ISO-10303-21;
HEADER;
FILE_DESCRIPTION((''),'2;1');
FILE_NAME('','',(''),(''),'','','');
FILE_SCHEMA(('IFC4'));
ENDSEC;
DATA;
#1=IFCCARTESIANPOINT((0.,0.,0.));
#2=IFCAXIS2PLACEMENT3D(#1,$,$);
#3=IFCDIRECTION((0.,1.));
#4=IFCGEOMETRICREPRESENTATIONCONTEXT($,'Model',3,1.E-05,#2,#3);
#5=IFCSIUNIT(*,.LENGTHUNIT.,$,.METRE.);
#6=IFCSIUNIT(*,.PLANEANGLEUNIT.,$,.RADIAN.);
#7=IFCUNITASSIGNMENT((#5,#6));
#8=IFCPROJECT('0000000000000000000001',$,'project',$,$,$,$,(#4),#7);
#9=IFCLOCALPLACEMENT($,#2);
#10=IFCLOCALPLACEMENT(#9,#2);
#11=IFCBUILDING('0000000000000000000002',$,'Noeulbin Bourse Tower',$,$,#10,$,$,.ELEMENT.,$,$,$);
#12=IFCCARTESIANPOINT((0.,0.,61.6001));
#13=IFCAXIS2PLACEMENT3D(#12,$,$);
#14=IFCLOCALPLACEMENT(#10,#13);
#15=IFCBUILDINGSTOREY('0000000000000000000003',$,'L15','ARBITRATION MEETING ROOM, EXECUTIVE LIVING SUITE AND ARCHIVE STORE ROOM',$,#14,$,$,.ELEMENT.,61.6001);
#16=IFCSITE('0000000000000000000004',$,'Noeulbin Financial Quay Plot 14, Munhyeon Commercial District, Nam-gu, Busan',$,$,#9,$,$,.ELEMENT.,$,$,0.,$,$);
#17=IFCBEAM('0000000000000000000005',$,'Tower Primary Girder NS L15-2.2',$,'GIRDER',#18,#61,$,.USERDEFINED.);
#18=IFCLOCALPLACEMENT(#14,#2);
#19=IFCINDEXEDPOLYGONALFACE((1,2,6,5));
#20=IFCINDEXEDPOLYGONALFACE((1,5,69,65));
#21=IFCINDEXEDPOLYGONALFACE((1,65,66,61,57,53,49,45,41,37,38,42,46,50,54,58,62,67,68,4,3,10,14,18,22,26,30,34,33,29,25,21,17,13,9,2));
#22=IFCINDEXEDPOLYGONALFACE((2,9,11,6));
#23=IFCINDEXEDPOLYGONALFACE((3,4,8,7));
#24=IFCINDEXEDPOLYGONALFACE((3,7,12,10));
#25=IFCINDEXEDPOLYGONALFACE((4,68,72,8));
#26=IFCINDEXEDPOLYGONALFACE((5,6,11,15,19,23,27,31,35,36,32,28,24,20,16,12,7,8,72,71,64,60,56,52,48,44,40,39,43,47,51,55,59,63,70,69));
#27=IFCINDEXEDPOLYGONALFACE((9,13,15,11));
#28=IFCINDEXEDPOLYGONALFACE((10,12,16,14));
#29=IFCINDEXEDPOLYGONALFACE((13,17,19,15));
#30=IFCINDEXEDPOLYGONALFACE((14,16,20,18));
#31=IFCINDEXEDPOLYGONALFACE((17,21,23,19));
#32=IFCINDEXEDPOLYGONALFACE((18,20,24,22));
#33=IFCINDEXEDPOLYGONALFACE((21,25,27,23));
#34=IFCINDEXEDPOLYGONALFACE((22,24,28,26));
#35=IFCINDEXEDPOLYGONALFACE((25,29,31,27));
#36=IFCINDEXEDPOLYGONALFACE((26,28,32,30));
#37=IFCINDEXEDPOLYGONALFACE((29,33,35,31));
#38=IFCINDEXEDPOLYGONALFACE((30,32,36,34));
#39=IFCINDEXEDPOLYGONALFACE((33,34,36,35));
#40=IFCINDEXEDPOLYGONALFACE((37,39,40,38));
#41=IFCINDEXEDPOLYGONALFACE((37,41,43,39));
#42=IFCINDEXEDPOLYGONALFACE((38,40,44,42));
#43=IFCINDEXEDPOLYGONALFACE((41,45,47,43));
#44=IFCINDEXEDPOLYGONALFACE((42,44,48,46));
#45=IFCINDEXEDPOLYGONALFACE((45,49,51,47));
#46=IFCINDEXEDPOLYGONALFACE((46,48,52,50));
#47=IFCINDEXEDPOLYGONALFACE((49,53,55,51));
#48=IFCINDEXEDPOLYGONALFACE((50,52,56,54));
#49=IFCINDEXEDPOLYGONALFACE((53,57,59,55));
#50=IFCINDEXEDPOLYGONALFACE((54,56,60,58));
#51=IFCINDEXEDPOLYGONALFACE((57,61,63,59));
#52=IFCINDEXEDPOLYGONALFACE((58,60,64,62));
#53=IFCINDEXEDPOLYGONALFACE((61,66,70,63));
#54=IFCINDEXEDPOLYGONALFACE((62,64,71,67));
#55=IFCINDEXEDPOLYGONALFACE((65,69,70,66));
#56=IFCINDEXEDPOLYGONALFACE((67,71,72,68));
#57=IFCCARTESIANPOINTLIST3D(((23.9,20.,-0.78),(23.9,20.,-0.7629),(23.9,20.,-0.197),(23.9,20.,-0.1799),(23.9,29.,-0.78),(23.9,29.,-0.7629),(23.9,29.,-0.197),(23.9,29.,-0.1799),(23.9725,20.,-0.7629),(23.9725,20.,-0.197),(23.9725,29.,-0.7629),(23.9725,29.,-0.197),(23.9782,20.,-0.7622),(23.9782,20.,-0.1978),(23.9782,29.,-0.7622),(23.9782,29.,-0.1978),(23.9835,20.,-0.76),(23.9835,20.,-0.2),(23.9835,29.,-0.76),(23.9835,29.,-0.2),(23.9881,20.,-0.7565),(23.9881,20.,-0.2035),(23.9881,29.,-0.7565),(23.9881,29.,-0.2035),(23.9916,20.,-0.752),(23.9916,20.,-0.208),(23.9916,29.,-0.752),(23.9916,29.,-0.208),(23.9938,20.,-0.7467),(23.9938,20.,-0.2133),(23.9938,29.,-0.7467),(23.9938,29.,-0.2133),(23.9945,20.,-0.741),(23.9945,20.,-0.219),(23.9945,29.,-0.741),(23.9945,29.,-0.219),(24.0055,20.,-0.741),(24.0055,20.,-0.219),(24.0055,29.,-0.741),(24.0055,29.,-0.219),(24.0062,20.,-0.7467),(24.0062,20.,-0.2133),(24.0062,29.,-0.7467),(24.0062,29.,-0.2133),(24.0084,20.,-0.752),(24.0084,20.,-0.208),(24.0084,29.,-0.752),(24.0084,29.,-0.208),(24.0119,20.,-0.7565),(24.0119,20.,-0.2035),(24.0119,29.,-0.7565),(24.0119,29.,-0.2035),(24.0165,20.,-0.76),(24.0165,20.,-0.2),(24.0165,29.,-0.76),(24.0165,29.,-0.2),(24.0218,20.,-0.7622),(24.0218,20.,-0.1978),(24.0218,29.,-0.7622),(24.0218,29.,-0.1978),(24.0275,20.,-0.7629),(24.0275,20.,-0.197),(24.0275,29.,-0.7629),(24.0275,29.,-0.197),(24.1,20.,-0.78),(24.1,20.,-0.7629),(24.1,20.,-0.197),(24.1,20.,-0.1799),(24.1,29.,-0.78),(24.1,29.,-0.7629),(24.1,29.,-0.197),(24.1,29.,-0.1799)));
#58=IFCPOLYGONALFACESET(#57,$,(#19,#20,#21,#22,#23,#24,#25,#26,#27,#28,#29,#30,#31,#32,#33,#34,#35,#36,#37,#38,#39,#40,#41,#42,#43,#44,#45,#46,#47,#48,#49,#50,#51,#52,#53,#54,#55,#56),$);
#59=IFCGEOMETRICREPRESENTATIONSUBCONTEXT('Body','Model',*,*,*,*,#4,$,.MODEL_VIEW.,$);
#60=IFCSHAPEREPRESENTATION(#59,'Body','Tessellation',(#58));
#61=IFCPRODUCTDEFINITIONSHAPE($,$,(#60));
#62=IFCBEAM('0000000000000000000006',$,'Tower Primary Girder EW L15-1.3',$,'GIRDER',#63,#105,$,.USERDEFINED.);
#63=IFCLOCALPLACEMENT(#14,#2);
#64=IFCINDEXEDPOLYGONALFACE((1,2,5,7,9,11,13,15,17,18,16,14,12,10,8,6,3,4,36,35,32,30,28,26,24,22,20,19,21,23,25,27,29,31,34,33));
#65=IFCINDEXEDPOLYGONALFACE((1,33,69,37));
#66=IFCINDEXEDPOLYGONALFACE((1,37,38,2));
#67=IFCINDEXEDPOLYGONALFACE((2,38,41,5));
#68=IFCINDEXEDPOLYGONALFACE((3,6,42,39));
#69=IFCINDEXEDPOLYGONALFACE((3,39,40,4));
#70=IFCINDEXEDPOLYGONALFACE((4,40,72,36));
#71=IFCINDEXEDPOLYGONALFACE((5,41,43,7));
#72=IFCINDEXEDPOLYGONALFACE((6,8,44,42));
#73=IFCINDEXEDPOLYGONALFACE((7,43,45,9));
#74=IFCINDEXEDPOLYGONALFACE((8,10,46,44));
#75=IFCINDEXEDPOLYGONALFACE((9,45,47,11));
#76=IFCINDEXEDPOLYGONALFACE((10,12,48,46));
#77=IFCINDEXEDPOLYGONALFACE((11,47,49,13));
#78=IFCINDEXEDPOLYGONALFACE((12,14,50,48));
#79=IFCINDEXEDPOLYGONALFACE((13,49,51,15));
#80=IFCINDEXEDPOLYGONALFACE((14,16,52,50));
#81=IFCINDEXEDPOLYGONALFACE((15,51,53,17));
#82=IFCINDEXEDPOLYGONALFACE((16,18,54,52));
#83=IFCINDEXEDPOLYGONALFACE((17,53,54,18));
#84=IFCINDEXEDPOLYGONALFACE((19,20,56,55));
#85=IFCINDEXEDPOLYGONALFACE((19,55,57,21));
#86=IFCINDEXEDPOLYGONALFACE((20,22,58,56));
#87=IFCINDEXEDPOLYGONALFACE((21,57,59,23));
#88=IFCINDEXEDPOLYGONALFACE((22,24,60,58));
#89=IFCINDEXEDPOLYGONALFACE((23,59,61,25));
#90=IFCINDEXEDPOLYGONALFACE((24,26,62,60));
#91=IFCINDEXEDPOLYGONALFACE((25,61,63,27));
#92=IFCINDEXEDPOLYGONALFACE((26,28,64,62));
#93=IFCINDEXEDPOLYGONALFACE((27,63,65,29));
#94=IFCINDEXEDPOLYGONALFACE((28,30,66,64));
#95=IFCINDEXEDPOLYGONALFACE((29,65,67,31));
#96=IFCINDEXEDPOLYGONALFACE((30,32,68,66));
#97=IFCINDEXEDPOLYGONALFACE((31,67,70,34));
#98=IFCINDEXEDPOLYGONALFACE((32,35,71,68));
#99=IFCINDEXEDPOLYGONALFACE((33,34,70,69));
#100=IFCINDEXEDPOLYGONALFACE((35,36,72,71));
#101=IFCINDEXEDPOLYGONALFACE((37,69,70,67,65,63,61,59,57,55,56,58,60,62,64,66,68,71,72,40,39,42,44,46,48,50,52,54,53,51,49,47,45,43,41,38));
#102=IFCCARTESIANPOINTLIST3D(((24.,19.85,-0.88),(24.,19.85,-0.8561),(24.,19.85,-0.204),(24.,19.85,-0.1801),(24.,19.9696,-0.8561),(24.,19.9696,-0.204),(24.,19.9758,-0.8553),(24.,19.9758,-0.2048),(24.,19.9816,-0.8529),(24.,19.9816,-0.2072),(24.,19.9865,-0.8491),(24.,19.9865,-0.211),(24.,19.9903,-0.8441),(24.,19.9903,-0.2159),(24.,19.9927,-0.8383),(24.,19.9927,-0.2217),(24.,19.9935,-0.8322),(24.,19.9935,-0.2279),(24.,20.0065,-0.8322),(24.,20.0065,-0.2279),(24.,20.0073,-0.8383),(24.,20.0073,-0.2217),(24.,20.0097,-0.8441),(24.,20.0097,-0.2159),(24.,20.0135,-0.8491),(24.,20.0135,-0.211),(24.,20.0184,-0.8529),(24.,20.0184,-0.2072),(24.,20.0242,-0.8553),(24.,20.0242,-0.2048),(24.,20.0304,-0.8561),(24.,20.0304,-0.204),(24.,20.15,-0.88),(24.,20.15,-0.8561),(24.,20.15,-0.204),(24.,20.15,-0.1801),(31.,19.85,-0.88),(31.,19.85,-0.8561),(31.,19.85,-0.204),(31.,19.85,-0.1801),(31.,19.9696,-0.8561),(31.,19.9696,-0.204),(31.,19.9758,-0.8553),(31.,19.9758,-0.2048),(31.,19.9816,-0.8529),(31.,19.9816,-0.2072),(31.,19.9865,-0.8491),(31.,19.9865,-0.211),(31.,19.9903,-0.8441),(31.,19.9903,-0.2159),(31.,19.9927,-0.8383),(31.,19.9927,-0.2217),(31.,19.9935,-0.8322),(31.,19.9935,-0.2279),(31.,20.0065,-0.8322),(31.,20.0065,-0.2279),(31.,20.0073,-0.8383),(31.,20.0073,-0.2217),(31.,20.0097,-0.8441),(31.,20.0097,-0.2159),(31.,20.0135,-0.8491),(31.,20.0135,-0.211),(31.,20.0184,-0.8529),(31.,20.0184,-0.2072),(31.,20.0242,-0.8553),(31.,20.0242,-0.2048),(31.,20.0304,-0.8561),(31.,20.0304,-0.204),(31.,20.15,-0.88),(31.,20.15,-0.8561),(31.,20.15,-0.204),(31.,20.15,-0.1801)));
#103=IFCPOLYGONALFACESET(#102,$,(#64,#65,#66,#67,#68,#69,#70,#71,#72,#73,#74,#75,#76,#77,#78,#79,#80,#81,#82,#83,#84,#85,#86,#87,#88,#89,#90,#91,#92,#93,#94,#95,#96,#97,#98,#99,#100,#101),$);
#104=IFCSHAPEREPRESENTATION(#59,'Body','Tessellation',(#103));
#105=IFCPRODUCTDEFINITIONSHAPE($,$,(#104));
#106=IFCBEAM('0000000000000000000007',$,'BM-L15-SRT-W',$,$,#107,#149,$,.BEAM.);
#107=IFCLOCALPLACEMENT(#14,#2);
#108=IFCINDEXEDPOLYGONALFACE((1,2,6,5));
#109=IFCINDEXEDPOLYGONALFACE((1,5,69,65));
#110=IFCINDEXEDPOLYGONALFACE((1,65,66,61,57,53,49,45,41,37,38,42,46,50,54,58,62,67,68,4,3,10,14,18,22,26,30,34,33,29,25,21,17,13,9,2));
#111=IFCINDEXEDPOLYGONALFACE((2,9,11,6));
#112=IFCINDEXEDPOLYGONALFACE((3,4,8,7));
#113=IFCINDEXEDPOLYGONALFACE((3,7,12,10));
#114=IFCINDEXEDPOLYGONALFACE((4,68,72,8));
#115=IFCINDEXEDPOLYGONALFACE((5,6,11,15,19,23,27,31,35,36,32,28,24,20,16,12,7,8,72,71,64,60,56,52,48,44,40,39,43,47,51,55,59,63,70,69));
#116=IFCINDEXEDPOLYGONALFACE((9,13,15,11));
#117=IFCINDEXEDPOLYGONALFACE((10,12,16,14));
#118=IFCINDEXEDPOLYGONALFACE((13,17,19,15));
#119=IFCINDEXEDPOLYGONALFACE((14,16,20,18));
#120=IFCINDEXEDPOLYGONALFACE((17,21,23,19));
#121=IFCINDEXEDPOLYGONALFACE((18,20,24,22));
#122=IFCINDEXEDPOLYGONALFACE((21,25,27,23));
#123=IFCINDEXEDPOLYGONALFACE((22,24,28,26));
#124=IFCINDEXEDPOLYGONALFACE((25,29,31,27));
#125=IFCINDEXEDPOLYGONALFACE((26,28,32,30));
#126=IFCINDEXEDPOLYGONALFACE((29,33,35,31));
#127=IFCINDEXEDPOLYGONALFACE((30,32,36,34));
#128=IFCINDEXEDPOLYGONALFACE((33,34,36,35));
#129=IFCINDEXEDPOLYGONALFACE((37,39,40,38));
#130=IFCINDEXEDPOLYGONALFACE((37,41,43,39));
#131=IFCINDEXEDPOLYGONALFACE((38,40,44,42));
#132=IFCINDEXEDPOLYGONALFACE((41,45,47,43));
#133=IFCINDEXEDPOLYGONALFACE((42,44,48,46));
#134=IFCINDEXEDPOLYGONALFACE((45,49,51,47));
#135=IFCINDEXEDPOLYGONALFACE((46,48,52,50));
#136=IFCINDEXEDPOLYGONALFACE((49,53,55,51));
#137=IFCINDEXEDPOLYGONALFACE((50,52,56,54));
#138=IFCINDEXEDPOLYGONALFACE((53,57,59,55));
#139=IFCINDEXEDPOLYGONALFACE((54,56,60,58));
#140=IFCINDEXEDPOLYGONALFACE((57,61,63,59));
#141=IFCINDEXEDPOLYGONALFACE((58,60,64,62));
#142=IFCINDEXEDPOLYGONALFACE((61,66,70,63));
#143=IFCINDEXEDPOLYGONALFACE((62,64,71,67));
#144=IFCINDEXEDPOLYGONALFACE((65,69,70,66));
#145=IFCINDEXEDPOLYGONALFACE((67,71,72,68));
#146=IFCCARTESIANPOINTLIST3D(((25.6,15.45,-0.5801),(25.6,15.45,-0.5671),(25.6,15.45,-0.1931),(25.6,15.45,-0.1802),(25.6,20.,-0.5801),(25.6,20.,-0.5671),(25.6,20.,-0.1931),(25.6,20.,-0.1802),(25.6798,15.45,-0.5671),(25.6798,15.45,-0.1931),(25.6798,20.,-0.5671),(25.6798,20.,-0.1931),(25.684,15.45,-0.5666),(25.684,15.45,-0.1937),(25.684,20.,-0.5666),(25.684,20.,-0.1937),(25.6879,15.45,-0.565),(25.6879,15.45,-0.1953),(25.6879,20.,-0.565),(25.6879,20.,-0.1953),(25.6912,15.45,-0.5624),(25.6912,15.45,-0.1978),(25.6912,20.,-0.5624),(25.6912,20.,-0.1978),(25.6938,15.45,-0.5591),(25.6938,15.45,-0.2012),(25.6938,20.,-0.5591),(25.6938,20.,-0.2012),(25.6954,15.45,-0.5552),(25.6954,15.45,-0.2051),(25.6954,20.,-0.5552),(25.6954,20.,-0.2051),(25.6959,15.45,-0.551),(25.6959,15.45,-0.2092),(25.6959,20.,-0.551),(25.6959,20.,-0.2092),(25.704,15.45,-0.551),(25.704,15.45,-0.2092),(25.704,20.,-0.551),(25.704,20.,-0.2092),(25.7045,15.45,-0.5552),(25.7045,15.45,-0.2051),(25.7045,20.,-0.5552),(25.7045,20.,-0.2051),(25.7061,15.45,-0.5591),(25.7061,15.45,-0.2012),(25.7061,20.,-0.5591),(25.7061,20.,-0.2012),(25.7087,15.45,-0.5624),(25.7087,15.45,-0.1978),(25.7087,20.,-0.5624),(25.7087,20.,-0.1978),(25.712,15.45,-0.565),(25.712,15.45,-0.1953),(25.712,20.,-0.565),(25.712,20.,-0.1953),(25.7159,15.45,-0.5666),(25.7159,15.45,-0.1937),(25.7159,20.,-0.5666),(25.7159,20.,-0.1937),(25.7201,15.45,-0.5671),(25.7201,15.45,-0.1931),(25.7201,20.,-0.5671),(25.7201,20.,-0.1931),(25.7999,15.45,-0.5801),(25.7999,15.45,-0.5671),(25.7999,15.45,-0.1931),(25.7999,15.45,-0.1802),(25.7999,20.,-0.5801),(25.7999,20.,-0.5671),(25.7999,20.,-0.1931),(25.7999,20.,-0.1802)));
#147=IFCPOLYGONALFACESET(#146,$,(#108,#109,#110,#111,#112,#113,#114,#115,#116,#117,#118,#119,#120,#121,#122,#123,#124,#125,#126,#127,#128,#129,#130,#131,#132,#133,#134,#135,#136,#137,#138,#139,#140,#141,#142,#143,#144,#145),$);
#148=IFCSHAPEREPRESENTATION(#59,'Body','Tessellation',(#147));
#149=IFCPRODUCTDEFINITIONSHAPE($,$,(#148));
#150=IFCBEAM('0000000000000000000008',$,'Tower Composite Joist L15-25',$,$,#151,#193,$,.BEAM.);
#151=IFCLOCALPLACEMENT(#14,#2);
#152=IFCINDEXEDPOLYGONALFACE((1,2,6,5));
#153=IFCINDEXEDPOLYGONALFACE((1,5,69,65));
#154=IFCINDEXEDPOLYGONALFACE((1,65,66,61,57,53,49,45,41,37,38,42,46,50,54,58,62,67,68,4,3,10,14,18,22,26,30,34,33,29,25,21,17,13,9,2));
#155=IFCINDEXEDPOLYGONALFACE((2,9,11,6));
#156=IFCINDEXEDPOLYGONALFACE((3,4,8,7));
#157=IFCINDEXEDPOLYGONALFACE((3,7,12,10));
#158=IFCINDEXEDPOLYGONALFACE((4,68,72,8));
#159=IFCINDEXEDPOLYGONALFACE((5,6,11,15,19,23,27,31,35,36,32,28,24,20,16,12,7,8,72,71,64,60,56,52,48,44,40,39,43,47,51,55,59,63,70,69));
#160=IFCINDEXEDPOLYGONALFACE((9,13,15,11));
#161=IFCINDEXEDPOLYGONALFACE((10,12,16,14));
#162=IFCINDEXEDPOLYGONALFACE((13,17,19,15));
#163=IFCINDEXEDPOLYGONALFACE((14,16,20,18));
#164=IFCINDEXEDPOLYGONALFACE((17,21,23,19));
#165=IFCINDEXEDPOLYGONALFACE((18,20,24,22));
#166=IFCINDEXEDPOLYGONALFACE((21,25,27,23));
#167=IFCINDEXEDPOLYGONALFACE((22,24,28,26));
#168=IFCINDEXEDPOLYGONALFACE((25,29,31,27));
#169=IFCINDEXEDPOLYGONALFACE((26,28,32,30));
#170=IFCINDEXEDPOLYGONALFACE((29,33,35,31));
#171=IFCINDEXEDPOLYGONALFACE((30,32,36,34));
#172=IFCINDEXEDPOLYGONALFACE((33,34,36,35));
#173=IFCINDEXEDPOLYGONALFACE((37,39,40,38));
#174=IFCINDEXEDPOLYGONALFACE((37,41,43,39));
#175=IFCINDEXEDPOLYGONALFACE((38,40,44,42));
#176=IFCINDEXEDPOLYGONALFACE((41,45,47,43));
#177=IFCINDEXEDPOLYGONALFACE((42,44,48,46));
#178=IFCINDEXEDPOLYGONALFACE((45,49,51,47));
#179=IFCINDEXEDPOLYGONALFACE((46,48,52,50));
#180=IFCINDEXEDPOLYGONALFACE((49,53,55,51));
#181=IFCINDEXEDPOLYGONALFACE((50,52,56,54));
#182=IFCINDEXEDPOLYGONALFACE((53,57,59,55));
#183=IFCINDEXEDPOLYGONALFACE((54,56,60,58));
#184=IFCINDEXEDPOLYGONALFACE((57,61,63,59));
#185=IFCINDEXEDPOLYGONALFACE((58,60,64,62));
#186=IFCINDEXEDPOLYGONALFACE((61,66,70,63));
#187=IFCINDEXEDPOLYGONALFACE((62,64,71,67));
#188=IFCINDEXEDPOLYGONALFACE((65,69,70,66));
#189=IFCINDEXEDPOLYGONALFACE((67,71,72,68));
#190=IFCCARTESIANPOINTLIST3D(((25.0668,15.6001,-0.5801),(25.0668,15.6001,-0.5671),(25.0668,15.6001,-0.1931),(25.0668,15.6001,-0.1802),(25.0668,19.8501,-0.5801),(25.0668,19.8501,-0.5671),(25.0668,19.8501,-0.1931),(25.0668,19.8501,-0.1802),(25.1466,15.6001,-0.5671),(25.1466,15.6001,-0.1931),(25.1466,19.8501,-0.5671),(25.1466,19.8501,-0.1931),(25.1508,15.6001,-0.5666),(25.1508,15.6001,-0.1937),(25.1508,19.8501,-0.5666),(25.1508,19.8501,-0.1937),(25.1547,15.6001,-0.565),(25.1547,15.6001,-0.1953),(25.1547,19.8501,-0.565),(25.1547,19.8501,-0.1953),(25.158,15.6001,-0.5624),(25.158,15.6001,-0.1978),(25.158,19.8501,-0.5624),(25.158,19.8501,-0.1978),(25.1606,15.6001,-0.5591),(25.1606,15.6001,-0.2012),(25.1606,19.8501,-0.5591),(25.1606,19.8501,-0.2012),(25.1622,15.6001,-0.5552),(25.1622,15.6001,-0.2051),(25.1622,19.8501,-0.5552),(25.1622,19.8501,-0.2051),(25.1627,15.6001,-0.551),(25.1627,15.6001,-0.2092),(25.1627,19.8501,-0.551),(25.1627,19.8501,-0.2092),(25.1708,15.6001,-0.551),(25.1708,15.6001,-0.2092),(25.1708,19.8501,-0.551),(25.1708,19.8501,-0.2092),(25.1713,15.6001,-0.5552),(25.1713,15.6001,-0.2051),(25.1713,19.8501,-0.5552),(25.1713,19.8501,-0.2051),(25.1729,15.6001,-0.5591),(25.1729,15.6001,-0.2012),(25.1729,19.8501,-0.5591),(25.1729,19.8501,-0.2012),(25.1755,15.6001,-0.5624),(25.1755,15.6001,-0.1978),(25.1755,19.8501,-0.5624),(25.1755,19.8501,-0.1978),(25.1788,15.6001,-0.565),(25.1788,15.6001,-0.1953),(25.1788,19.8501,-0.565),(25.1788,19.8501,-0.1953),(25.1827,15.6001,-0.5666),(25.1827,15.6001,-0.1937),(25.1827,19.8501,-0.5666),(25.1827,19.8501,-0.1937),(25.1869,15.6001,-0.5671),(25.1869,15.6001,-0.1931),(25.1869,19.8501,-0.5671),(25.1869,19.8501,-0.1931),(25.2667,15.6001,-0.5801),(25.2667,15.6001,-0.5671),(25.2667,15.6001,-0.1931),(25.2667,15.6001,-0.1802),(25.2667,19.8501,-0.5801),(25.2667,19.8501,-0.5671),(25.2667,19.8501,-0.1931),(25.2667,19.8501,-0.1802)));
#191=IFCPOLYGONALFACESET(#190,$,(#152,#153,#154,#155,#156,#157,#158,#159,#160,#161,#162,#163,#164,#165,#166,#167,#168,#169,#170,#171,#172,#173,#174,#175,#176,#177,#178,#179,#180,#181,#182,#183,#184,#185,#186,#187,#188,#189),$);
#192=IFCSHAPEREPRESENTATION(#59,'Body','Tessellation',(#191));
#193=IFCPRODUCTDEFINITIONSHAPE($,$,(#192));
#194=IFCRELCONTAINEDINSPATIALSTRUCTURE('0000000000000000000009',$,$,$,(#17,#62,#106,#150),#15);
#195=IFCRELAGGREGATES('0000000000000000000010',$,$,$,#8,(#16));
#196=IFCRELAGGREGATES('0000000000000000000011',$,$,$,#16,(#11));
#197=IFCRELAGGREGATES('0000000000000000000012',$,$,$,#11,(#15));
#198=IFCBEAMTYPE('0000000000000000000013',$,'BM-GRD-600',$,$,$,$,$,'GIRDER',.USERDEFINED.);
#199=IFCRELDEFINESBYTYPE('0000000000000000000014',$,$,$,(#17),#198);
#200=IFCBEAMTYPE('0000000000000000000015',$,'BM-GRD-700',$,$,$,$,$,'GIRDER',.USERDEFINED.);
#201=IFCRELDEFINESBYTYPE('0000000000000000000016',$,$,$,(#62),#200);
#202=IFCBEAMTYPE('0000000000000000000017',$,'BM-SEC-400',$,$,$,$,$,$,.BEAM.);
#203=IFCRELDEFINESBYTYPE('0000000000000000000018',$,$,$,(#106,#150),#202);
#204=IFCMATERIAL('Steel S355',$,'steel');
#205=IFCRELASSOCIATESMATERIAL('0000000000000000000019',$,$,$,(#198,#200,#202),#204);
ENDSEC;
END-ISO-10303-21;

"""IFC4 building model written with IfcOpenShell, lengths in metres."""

from ifc_helpers import new_model, si_unit, direction, frame, origin, origin_2d, place, context, subcontext, project, spatial, i_section, extrude, material, material_profile, profile_set, type_object, element, save


model = new_model("IFC4")

# Units and contexts
model_context = context("Model", 3, precision=1e-05, world=origin(), true_north=direction((0.0, 1.0)))
body_context = subcontext(model_context, "Body", "Model", "MODEL_VIEW")
ifc_project = project(units=[si_unit("LENGTHUNIT", "METRE"), si_unit("PLANEANGLEUNIT", "RADIAN")], contexts=[model_context])

# Site, building, storey
site_placement = place(None, origin())
site = spatial("IfcSite", under=ifc_project, at=site_placement, Name="Noeulbin Financial Quay Plot 14, Munhyeon Commercial District, Nam-gu, Busan", CompositionType="ELEMENT", RefElevation=0.0)
building_placement = place(site_placement, origin())
building = spatial("IfcBuilding", under=site, at=building_placement, Name="Noeulbin Bourse Tower", CompositionType="ELEMENT")
storey_placement = place(building_placement, frame((0.0, 0.0, 61.6001)))
storey = spatial("IfcBuildingStorey", under=building, at=storey_placement, Name="L15", Description="ARBITRATION MEETING ROOM, EXECUTIVE LIVING SUITE AND ARCHIVE STORE ROOM", CompositionType="ELEMENT", Elevation=61.6001)

# Beams
ifc_material_1 = material(Name="Steel S355", Category="steel")
ifc_material_profile_1 = material_profile(ifc_material_1, i_section(OverallWidth=0.2, OverallDepth=0.6001, WebThickness=0.011, FlangeThickness=0.0171, FilletRadius=0.022, at=origin_2d()), Name="H-600x200x11x17", Category="LoadBearing")
ifc_profile_set_1 = profile_set([ifc_material_profile_1], Name="Steel S355")
beam_type_1 = type_object("IfcBeamType", Name="BM-GRD-600", ElementType="GIRDER", PredefinedType="USERDEFINED", material=ifc_profile_set_1)
beam_1_placement = place(storey_placement, frame((24.0, 20.0, -0.48), z_axis=(0.0, 1.0, 0.0), x_axis=(-1.0, 0.0, 0.0)))
element("IfcBeam", 1, at=beam_1_placement, inside=storey, type_object=beam_type_1, Name="Tower Primary Girder NS L15-2.2", ObjectType="GIRDER", PredefinedType="USERDEFINED", context=body_context, shape_type="SweptSolid", body=[
    extrude(i_section(OverallWidth=0.2, OverallDepth=0.6001, WebThickness=0.011, FlangeThickness=0.0171, FilletRadius=0.022, at=origin_2d()), origin(), (0.0, 0.0, 1.0), 9.0),
])
ifc_material_profile_2 = material_profile(ifc_material_1, i_section(OverallWidth=0.3, OverallDepth=0.7, WebThickness=0.0129, FlangeThickness=0.0239, FilletRadius=0.0239, at=origin_2d()), Name="H-700x300x13x24", Category="LoadBearing")
ifc_profile_set_2 = profile_set([ifc_material_profile_2], Name="Steel S355")
beam_type_2 = type_object("IfcBeamType", Name="BM-GRD-700", ElementType="GIRDER", PredefinedType="USERDEFINED", material=ifc_profile_set_2)
beam_2_placement = place(storey_placement, frame((24.0, 20.0, -0.53), z_axis=(1.0, 0.0, 0.0), x_axis=(0.0, 1.0, 0.0)))
element("IfcBeam", 2, at=beam_2_placement, inside=storey, type_object=beam_type_2, Name="Tower Primary Girder EW L15-1.3", ObjectType="GIRDER", PredefinedType="USERDEFINED", context=body_context, shape_type="SweptSolid", body=[
    extrude(i_section(OverallWidth=0.3, OverallDepth=0.7, WebThickness=0.0129, FlangeThickness=0.0239, FilletRadius=0.0239, at=origin_2d()), origin(), (0.0, 0.0, 1.0), 7.0),
])
ifc_material_profile_3 = material_profile(ifc_material_1, i_section(OverallWidth=0.2, OverallDepth=0.3999, WebThickness=0.0081, FlangeThickness=0.0129, FilletRadius=0.0161, at=origin_2d()), Name="H-400x200x8x13", Category="LoadBearing")
ifc_profile_set_3 = profile_set([ifc_material_profile_3], Name="Steel S355")
beam_type_3 = type_object("IfcBeamType", Name="BM-SEC-400", PredefinedType="BEAM", material=ifc_profile_set_3)
beam_3_placement = place(storey_placement, frame((25.7, 15.45, -0.3801), z_axis=(0.0, 1.0, 0.0), x_axis=(-1.0, 0.0, 0.0)))
element("IfcBeam", 3, at=beam_3_placement, inside=storey, type_object=beam_type_3, Name="BM-L15-SRT-W", PredefinedType="BEAM", context=body_context, shape_type="SweptSolid", body=[
    extrude(i_section(OverallWidth=0.2, OverallDepth=0.3999, WebThickness=0.0081, FlangeThickness=0.0129, FilletRadius=0.0161, at=origin_2d()), origin(), (0.0, 0.0, 1.0), 4.55),
])
beam_4_placement = place(storey_placement, frame((25.1667, 15.6001, -0.3801), z_axis=(0.0, 1.0, 0.0), x_axis=(-1.0, 0.0, 0.0)))
element("IfcBeam", 4, at=beam_4_placement, inside=storey, type_object=beam_type_3, Name="Tower Composite Joist L15-25", PredefinedType="BEAM", context=body_context, shape_type="SweptSolid", body=[
    extrude(i_section(OverallWidth=0.2, OverallDepth=0.3999, WebThickness=0.0081, FlangeThickness=0.0129, FilletRadius=0.0161, at=origin_2d()), origin(), (0.0, 0.0, 1.0), 4.25),
])

save(model, "model.ifc")
